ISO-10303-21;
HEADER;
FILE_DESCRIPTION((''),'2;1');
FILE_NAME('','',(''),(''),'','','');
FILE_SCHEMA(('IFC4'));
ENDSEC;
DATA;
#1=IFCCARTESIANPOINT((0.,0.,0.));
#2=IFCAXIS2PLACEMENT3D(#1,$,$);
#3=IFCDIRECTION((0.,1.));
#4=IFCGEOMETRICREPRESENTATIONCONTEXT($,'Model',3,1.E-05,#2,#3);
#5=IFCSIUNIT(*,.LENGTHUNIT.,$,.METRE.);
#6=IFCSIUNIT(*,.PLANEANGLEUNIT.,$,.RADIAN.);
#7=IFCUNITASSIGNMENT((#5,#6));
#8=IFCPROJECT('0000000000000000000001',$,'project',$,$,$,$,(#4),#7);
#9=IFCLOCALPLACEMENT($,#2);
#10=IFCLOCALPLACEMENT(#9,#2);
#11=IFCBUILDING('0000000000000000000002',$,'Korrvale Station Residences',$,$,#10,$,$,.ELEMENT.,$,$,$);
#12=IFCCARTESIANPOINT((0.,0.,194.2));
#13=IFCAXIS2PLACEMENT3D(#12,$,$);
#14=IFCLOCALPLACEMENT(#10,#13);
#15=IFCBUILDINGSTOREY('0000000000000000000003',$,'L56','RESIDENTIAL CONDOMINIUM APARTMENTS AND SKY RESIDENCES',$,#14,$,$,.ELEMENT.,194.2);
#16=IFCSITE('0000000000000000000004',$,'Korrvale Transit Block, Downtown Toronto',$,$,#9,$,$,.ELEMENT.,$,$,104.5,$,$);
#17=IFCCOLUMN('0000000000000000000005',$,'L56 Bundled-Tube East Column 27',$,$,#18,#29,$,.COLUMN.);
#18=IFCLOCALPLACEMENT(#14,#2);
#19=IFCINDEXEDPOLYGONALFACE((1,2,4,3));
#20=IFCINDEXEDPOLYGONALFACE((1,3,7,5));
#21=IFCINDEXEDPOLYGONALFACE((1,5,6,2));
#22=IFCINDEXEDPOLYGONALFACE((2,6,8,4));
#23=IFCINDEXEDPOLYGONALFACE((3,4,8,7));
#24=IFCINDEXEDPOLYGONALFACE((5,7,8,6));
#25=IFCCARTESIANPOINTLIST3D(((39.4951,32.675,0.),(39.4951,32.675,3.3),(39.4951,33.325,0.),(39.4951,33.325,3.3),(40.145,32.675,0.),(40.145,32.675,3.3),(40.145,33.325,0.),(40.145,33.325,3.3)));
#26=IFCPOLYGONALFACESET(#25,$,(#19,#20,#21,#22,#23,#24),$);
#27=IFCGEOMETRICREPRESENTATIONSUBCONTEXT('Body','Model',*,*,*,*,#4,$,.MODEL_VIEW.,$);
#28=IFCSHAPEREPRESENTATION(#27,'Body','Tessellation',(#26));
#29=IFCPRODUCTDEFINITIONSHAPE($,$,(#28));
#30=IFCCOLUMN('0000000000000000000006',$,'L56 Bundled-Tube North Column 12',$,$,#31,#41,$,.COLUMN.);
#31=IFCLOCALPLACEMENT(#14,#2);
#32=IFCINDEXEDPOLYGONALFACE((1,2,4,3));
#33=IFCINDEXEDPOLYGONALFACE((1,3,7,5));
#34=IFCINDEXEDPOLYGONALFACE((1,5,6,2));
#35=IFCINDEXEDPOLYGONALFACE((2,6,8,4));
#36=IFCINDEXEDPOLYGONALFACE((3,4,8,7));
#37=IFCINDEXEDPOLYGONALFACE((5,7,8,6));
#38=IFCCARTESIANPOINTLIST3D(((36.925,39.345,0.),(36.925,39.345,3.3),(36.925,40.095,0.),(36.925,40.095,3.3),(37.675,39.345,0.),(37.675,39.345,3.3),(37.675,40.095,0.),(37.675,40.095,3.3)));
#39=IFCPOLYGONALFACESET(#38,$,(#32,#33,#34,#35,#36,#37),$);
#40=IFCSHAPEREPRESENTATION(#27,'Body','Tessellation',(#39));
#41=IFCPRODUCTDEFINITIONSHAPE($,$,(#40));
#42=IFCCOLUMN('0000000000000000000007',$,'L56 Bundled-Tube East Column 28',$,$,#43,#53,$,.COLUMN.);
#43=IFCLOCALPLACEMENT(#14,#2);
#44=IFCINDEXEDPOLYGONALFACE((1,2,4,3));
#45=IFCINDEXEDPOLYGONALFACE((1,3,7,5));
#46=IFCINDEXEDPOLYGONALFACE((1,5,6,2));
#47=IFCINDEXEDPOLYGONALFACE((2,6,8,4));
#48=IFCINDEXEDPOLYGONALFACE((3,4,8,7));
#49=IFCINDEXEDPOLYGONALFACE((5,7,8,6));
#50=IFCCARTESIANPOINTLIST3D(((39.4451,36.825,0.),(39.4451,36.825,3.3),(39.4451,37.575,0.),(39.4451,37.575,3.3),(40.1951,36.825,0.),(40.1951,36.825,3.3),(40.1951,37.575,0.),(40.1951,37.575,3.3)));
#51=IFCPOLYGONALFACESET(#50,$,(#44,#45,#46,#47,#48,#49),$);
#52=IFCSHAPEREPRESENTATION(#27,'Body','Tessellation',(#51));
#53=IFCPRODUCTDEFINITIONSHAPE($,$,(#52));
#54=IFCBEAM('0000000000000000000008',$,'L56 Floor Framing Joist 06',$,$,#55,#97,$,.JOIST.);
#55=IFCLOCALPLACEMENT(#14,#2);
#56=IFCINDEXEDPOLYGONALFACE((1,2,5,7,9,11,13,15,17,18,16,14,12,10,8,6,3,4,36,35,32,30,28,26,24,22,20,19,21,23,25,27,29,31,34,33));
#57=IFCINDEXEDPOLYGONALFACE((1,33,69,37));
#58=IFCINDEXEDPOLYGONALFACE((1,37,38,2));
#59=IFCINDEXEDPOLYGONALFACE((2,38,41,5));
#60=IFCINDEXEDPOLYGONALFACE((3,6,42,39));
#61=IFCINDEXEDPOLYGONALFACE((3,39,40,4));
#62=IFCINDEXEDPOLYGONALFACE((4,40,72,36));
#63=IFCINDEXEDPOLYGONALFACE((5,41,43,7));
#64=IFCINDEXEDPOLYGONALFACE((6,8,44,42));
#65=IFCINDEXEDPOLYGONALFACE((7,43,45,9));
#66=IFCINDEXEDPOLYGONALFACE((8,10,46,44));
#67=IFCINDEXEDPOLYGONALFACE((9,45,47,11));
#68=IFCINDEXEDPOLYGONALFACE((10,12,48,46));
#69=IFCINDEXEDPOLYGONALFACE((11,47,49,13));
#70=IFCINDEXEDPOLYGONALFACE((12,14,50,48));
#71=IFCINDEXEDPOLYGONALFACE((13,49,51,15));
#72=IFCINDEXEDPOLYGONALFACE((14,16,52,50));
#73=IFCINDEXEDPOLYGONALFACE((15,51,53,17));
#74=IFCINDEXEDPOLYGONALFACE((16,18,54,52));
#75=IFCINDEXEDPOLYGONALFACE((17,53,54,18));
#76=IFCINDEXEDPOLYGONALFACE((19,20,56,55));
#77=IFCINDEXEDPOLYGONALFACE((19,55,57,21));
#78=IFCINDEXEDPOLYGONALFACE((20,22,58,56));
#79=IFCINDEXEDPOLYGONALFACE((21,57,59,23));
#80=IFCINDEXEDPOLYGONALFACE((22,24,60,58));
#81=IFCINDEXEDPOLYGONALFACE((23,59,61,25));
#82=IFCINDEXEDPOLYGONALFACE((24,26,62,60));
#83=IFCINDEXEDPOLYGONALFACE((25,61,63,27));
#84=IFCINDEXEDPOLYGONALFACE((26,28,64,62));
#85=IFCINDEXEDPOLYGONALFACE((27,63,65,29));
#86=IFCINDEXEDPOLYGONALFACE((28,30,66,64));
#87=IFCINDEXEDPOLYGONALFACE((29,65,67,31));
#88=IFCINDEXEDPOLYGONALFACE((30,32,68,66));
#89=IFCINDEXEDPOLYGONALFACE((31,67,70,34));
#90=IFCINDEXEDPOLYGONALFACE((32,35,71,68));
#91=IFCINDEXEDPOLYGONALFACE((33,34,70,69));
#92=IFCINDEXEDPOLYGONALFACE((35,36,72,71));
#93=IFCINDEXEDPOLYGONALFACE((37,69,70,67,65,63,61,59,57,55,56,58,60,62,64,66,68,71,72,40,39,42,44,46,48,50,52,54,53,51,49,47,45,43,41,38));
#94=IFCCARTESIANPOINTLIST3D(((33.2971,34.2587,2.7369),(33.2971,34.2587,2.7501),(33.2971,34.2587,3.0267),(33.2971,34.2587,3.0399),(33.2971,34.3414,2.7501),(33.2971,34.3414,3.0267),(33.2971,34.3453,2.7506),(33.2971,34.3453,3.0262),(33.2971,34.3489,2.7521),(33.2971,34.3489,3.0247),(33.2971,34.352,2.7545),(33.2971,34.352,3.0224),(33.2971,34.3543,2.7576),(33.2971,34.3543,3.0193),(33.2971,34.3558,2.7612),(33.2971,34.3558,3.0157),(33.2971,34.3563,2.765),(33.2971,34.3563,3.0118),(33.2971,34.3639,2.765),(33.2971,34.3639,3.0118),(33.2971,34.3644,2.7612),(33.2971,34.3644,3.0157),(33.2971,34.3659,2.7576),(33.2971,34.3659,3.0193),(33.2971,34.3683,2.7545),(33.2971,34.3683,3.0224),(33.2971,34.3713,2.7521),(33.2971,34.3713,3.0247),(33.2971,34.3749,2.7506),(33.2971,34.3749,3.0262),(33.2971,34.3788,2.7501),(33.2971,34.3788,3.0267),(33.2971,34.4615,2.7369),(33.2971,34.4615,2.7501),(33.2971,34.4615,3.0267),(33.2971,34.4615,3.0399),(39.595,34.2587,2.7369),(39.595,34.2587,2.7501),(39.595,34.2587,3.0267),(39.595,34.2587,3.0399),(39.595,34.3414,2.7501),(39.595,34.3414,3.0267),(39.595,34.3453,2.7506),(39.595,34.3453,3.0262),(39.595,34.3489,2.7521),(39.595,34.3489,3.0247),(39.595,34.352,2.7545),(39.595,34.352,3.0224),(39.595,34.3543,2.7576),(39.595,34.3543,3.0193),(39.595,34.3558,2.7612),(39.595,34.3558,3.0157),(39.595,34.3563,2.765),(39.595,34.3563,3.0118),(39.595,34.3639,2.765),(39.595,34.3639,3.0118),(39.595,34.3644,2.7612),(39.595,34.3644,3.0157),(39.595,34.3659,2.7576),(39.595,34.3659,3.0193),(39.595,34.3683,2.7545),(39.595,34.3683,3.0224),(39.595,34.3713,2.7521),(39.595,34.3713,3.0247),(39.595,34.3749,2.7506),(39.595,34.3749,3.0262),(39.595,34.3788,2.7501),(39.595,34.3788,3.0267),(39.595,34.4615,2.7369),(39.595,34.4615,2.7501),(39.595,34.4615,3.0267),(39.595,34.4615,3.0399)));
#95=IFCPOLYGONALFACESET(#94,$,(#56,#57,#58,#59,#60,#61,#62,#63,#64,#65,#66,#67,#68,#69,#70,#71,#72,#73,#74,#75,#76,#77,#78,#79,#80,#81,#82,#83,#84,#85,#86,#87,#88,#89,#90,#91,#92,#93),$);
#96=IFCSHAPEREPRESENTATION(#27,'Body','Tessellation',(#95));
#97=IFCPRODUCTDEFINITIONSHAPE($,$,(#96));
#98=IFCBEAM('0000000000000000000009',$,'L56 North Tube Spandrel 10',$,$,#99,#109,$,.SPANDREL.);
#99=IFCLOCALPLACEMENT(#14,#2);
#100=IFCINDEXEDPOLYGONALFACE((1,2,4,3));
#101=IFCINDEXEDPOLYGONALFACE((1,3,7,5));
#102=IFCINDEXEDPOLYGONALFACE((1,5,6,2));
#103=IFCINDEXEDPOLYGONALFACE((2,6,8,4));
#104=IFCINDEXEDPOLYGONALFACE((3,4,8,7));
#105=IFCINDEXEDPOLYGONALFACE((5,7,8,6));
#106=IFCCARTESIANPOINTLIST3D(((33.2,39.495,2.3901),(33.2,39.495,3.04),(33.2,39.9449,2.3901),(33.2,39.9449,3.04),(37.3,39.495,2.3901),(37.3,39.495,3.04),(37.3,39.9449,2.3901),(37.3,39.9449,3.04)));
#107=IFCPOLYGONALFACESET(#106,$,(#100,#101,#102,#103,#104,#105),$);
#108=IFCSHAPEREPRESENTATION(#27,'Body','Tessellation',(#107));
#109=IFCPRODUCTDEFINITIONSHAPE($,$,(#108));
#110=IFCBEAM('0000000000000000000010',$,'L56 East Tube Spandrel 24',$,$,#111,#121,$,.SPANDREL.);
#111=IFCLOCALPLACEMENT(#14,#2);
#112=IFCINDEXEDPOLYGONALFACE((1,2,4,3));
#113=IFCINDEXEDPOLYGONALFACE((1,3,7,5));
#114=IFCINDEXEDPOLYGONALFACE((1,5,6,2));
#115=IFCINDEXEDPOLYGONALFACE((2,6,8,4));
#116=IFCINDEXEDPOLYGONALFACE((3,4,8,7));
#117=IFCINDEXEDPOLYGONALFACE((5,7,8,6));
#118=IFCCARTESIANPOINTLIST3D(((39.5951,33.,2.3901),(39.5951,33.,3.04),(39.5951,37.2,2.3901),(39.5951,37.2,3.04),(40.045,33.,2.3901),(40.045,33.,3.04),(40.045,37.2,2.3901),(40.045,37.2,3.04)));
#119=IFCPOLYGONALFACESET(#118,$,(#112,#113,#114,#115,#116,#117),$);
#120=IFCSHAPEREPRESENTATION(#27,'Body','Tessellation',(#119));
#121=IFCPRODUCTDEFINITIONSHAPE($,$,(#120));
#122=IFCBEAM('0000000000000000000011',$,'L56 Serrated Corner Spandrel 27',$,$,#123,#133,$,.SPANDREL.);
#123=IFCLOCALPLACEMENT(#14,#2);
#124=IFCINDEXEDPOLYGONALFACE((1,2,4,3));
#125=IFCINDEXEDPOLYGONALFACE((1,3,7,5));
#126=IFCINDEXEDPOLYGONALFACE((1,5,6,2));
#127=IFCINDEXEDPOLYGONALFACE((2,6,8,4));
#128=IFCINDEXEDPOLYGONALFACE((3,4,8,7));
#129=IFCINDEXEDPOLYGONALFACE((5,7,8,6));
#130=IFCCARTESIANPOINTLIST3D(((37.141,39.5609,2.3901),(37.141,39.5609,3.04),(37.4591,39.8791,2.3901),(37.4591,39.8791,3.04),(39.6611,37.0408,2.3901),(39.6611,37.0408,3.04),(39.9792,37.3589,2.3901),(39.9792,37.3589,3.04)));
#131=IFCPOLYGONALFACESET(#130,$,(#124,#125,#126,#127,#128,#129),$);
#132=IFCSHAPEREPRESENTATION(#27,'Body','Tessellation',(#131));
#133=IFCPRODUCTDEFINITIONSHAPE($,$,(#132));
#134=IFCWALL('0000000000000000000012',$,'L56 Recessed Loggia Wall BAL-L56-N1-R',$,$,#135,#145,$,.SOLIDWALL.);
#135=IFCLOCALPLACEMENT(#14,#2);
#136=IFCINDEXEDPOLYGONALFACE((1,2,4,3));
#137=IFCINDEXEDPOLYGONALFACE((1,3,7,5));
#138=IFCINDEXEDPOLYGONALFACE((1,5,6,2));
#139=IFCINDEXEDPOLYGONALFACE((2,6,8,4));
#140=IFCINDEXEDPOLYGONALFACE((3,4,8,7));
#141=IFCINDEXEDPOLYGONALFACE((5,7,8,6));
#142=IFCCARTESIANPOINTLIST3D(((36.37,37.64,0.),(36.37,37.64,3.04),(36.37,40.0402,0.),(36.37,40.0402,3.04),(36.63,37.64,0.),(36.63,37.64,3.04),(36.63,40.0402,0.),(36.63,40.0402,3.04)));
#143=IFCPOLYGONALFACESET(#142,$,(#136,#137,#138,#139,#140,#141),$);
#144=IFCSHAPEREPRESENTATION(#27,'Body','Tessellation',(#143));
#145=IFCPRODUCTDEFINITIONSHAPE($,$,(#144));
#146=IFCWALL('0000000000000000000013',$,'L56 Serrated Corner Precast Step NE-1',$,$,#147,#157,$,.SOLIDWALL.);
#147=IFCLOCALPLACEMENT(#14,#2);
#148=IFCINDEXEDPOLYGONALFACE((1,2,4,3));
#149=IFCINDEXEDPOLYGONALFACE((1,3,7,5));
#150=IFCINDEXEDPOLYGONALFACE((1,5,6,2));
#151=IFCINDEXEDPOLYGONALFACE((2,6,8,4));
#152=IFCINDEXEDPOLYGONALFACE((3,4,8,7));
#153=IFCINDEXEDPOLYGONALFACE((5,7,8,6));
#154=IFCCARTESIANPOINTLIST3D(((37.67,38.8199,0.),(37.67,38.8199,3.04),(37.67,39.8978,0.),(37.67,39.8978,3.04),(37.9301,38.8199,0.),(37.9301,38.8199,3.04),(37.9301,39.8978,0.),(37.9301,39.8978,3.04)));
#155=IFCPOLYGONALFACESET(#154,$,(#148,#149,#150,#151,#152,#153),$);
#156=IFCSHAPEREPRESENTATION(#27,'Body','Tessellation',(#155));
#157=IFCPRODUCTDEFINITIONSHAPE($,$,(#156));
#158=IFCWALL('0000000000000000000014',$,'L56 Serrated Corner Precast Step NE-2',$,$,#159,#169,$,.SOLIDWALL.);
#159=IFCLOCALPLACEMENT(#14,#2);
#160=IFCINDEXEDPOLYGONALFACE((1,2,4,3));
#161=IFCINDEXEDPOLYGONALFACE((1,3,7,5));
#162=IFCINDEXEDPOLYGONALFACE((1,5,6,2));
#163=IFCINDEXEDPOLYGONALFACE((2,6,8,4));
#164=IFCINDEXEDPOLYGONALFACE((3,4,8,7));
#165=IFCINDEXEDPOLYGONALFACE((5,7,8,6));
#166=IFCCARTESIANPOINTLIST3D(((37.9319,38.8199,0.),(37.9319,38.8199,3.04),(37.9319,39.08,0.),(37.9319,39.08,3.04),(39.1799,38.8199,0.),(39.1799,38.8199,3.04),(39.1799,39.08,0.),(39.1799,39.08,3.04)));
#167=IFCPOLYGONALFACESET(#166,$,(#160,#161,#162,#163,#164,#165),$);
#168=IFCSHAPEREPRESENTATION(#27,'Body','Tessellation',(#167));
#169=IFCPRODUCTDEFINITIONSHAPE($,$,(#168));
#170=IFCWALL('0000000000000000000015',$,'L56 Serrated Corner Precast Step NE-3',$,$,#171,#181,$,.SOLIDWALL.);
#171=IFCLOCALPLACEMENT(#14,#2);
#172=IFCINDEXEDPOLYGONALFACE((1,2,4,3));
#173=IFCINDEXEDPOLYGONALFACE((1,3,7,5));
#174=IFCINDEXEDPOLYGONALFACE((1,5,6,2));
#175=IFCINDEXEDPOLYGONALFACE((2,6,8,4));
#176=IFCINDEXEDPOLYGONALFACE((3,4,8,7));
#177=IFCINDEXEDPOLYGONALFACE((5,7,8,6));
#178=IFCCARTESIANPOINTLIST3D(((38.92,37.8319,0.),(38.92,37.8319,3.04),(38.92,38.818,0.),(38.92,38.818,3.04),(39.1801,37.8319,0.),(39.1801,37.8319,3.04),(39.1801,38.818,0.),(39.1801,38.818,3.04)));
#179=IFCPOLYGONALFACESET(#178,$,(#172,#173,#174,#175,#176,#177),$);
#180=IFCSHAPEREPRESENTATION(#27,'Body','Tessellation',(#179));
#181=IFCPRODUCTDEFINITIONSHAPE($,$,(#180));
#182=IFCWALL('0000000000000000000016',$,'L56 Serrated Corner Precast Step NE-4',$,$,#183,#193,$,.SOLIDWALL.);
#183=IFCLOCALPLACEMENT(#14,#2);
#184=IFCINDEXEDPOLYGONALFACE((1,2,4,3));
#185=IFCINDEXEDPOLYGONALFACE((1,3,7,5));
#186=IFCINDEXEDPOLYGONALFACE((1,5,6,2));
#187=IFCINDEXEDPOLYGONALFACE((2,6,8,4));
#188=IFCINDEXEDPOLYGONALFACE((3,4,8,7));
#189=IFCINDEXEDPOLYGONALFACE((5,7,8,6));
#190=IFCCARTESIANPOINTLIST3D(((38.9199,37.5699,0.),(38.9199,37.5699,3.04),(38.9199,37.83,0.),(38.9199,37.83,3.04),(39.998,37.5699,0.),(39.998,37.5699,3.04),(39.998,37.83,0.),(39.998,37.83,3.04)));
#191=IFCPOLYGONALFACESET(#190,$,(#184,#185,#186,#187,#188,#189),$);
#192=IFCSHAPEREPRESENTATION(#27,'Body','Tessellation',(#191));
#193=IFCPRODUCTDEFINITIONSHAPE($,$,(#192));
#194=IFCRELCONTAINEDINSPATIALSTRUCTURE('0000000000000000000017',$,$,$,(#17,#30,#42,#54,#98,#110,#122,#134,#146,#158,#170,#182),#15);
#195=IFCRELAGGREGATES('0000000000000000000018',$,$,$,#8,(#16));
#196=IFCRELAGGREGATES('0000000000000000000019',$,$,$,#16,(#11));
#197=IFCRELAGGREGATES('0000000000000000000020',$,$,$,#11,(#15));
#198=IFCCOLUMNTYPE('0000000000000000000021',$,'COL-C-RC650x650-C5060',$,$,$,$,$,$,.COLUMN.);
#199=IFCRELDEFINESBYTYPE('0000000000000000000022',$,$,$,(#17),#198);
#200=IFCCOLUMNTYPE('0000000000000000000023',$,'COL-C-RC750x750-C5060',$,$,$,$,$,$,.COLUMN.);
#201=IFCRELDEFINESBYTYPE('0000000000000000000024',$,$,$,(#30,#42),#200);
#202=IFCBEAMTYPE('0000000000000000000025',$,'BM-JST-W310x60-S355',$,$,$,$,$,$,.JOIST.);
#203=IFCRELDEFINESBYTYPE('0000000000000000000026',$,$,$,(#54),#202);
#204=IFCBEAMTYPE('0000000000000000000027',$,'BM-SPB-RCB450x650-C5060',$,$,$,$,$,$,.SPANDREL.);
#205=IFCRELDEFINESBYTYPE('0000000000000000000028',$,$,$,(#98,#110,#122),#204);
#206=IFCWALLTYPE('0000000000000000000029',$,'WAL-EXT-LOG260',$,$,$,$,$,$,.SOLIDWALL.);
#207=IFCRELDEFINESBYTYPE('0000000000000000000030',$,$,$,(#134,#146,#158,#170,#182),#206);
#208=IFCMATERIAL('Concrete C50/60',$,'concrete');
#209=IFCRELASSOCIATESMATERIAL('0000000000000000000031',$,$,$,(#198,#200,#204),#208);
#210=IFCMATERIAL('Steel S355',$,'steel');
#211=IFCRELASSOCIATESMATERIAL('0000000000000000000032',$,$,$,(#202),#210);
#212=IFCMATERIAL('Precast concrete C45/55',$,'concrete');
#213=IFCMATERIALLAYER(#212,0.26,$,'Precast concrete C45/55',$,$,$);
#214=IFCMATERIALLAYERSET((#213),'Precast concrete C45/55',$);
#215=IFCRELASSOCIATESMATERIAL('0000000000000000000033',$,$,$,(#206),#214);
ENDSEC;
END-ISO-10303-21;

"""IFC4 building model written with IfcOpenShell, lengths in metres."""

from ifc_helpers import new_model, si_unit, direction, frame, frame_2d, origin, origin_2d, place, context, subcontext, project, spatial, rectangle, i_section, extrude, material, layer, layer_set, material_profile, profile_set, type_object, element, save


model = new_model("IFC4")

# Units and contexts
model_context = context("Model", 3, precision=1e-05, world=origin(), true_north=direction((0.0, 1.0)))
body_context = subcontext(model_context, "Body", "Model", "MODEL_VIEW")
ifc_project = project(units=[si_unit("LENGTHUNIT", "METRE"), si_unit("PLANEANGLEUNIT", "RADIAN")], contexts=[model_context])

# Site, building, storey
site_placement = place(None, origin())
site = spatial("IfcSite", under=ifc_project, at=site_placement, Name="Korrvale Transit Block, Downtown Toronto", CompositionType="ELEMENT", RefElevation=104.5)
building_placement = place(site_placement, origin())
building = spatial("IfcBuilding", under=site, at=building_placement, Name="Korrvale Station Residences", CompositionType="ELEMENT")
storey_placement = place(building_placement, frame((0.0, 0.0, 194.2)))
storey = spatial("IfcBuildingStorey", under=building, at=storey_placement, Name="L56", Description="RESIDENTIAL CONDOMINIUM APARTMENTS AND SKY RESIDENCES", CompositionType="ELEMENT", Elevation=194.2)

# Columns
ifc_material_1 = material(Name="Concrete C50/60", Category="concrete")
ifc_material_profile_1 = material_profile(ifc_material_1, rectangle(XDim=0.6499, YDim=0.6499, at=origin_2d()), Name="RC650x650")
ifc_profile_set_1 = profile_set([ifc_material_profile_1], Name="Concrete C50/60")
column_type_1 = type_object("IfcColumnType", Name="COL-C-RC650x650-C5060", PredefinedType="COLUMN", material=ifc_profile_set_1)
column_placement = place(storey_placement, frame((39.8201, 33.0, 0.0), z_axis=(0.0, 0.0, 1.0), x_axis=(1.0, 0.0, 0.0)))
element("IfcColumn", 1, at=column_placement, inside=storey, type_object=column_type_1, Name="L56 Bundled-Tube East Column 27", PredefinedType="COLUMN", context=body_context, shape_type="SweptSolid", body=[
    extrude(rectangle(XDim=0.6499, YDim=0.6499, at=origin_2d()), origin(), (0.0, 0.0, 1.0), 3.3),
])
ifc_material_profile_2 = material_profile(ifc_material_1, rectangle(XDim=0.75, YDim=0.75, at=origin_2d()), Name="RC750x750")
ifc_profile_set_2 = profile_set([ifc_material_profile_2], Name="Concrete C50/60")
column_type_2 = type_object("IfcColumnType", Name="COL-C-RC750x750-C5060", PredefinedType="COLUMN", material=ifc_profile_set_2)
for number, where, z_axis, x_axis, name in (
    (2, (37.3, 39.72, 0.0), (0.0, 0.0, 1.0), (1.0, 0.0, 0.0), "L56 Bundled-Tube North Column 12"),
    (3, (39.8201, 37.2, 0.0), (0.0, 0.0, 1.0), (1.0, 0.0, 0.0), "L56 Bundled-Tube East Column 28"),
):
    element("IfcColumn", number, at=place(storey_placement, frame(where, z_axis=z_axis, x_axis=x_axis)), inside=storey, type_object=column_type_2, Name=name, PredefinedType="COLUMN", context=body_context, shape_type="SweptSolid", body=[
        extrude(rectangle(XDim=0.75, YDim=0.75, at=origin_2d()), origin(), (0.0, 0.0, 1.0), 3.3),
    ])

# Beams
ifc_material_2 = material(Name="Steel S355", Category="steel")
ifc_material_profile_3 = material_profile(ifc_material_2, i_section(OverallWidth=0.2029, OverallDepth=0.303, WebThickness=0.0076, FlangeThickness=0.0132, FilletRadius=0.0149, at=origin_2d()), Name="W310x60")
ifc_profile_set_3 = profile_set([ifc_material_profile_3], Name="Steel S355")
beam_type_1 = type_object("IfcBeamType", Name="BM-JST-W310x60-S355", PredefinedType="JOIST", material=ifc_profile_set_3)
beam_1_placement = place(storey_placement, frame((33.2971, 34.3601, 2.8884), z_axis=(1.0, 0.0, 0.0), x_axis=(0.0, 1.0, 0.0)))
element("IfcBeam", 4, at=beam_1_placement, inside=storey, type_object=beam_type_1, Name="L56 Floor Framing Joist 06", PredefinedType="JOIST", context=body_context, shape_type="SweptSolid", body=[
    extrude(i_section(OverallWidth=0.2029, OverallDepth=0.303, WebThickness=0.0076, FlangeThickness=0.0132, FilletRadius=0.0149, at=origin_2d()), origin(), (0.0, 0.0, 1.0), 6.2979),
])
ifc_material_profile_4 = material_profile(ifc_material_1, rectangle(XDim=0.45, YDim=0.6499, at=origin_2d()), Name="RCB450x650")
ifc_profile_set_4 = profile_set([ifc_material_profile_4], Name="Concrete C50/60")
beam_type_2 = type_object("IfcBeamType", Name="BM-SPB-RCB450x650-C5060", PredefinedType="SPANDREL", material=ifc_profile_set_4)
beam_2_placement = place(storey_placement, frame((33.2, 39.72, 2.7151), z_axis=(1.0, 0.0, 0.0), x_axis=(0.0, 1.0, 0.0)))
element("IfcBeam", 5, at=beam_2_placement, inside=storey, type_object=beam_type_2, Name="L56 North Tube Spandrel 10", PredefinedType="SPANDREL", context=body_context, shape_type="SweptSolid", body=[
    extrude(rectangle(XDim=0.45, YDim=0.6499, at=origin_2d()), origin(), (0.0, 0.0, 1.0), 4.1001),
])
beam_3_placement = place(storey_placement, frame((39.8201, 33.0, 2.7151), z_axis=(0.0, 1.0, 0.0), x_axis=(-1.0, 0.0, 0.0)))
element("IfcBeam", 6, at=beam_3_placement, inside=storey, type_object=beam_type_2, Name="L56 East Tube Spandrel 24", PredefinedType="SPANDREL", context=body_context, shape_type="SweptSolid", body=[
    extrude(rectangle(XDim=0.45, YDim=0.6499, at=origin_2d()), origin(), (0.0, 0.0, 1.0), 4.2),
])
beam_4_placement = place(storey_placement, frame((37.3, 39.72, 2.7151), z_axis=(0.707107, -0.707107, 0.0), x_axis=(0.707107, 0.707107, 0.0)))
element("IfcBeam", 7, at=beam_4_placement, inside=storey, type_object=beam_type_2, Name="L56 Serrated Corner Spandrel 27", PredefinedType="SPANDREL", context=body_context, shape_type="SweptSolid", body=[
    extrude(rectangle(XDim=0.45, YDim=0.6499, at=origin_2d()), origin(), (0.0, 0.0, 1.0), 3.564),
])

# Walls
ifc_material_3 = material(Name="Precast concrete C45/55", Category="concrete")
ifc_layer_1 = layer(ifc_material_3, 0.26, Name="Precast concrete C45/55")
ifc_layer_set_1 = layer_set([ifc_layer_1], Name="Precast concrete C45/55")
wall_type_1 = type_object("IfcWallType", Name="WAL-EXT-LOG260", PredefinedType="SOLIDWALL", material=ifc_layer_set_1)
wall_1_placement = place(storey_placement, frame((36.5, 37.6399, 0.0), z_axis=(0.0, 0.0, 1.0), x_axis=(0.0, 1.0, 0.0)))
element("IfcWall", 8, at=wall_1_placement, inside=storey, type_object=wall_type_1, Name="L56 Recessed Loggia Wall BAL-L56-N1-R", PredefinedType="SOLIDWALL", context=body_context, shape_type="SweptSolid", body=[
    extrude(rectangle(XDim=2.4001, YDim=0.26, at=frame_2d((1.2002, 0.0))), origin(), (0.0, 0.0, 1.0), 3.04),
])
wall_2_placement = place(storey_placement, frame((37.8, 39.8979, 0.0), z_axis=(0.0, 0.0, 1.0), x_axis=(0.0, -1.0, 0.0)))
element("IfcWall", 9, at=wall_2_placement, inside=storey, type_object=wall_type_1, Name="L56 Serrated Corner Precast Step NE-1", PredefinedType="SOLIDWALL", context=body_context, shape_type="SweptSolid", body=[
    extrude(rectangle(XDim=1.0779, YDim=0.26, at=frame_2d((0.5391, 0.0))), origin(), (0.0, 0.0, 1.0), 3.04),
])
wall_3_placement = place(storey_placement, frame((37.9319, 38.95, 0.0), z_axis=(0.0, 0.0, 1.0), x_axis=(1.0, 0.0, 0.0)))
element("IfcWall", 10, at=wall_3_placement, inside=storey, type_object=wall_type_1, Name="L56 Serrated Corner Precast Step NE-2", PredefinedType="SOLIDWALL", context=body_context, shape_type="SweptSolid", body=[
    extrude(rectangle(XDim=1.248, YDim=0.26, at=frame_2d((0.624, 0.0))), origin(), (0.0, 0.0, 1.0), 3.04),
])
wall_4_placement = place(storey_placement, frame((39.05, 38.8181, 0.0), z_axis=(0.0, 0.0, 1.0), x_axis=(0.0, -1.0, 0.0)))
element("IfcWall", 11, at=wall_4_placement, inside=storey, type_object=wall_type_1, Name="L56 Serrated Corner Precast Step NE-3", PredefinedType="SOLIDWALL", context=body_context, shape_type="SweptSolid", body=[
    extrude(rectangle(XDim=0.9861, YDim=0.26, at=frame_2d((0.4932, 0.0))), origin(), (0.0, 0.0, 1.0), 3.04),
])
wall_5_placement = place(storey_placement, frame((38.9199, 37.7, 0.0), z_axis=(0.0, 0.0, 1.0), x_axis=(1.0, 0.0, 0.0)))
element("IfcWall", 12, at=wall_5_placement, inside=storey, type_object=wall_type_1, Name="L56 Serrated Corner Precast Step NE-4", PredefinedType="SOLIDWALL", context=body_context, shape_type="SweptSolid", body=[
    extrude(rectangle(XDim=1.0781, YDim=0.26, at=frame_2d((0.5391, 0.0))), origin(), (0.0, 0.0, 1.0), 3.04),
])

save(model, "model.ifc")
